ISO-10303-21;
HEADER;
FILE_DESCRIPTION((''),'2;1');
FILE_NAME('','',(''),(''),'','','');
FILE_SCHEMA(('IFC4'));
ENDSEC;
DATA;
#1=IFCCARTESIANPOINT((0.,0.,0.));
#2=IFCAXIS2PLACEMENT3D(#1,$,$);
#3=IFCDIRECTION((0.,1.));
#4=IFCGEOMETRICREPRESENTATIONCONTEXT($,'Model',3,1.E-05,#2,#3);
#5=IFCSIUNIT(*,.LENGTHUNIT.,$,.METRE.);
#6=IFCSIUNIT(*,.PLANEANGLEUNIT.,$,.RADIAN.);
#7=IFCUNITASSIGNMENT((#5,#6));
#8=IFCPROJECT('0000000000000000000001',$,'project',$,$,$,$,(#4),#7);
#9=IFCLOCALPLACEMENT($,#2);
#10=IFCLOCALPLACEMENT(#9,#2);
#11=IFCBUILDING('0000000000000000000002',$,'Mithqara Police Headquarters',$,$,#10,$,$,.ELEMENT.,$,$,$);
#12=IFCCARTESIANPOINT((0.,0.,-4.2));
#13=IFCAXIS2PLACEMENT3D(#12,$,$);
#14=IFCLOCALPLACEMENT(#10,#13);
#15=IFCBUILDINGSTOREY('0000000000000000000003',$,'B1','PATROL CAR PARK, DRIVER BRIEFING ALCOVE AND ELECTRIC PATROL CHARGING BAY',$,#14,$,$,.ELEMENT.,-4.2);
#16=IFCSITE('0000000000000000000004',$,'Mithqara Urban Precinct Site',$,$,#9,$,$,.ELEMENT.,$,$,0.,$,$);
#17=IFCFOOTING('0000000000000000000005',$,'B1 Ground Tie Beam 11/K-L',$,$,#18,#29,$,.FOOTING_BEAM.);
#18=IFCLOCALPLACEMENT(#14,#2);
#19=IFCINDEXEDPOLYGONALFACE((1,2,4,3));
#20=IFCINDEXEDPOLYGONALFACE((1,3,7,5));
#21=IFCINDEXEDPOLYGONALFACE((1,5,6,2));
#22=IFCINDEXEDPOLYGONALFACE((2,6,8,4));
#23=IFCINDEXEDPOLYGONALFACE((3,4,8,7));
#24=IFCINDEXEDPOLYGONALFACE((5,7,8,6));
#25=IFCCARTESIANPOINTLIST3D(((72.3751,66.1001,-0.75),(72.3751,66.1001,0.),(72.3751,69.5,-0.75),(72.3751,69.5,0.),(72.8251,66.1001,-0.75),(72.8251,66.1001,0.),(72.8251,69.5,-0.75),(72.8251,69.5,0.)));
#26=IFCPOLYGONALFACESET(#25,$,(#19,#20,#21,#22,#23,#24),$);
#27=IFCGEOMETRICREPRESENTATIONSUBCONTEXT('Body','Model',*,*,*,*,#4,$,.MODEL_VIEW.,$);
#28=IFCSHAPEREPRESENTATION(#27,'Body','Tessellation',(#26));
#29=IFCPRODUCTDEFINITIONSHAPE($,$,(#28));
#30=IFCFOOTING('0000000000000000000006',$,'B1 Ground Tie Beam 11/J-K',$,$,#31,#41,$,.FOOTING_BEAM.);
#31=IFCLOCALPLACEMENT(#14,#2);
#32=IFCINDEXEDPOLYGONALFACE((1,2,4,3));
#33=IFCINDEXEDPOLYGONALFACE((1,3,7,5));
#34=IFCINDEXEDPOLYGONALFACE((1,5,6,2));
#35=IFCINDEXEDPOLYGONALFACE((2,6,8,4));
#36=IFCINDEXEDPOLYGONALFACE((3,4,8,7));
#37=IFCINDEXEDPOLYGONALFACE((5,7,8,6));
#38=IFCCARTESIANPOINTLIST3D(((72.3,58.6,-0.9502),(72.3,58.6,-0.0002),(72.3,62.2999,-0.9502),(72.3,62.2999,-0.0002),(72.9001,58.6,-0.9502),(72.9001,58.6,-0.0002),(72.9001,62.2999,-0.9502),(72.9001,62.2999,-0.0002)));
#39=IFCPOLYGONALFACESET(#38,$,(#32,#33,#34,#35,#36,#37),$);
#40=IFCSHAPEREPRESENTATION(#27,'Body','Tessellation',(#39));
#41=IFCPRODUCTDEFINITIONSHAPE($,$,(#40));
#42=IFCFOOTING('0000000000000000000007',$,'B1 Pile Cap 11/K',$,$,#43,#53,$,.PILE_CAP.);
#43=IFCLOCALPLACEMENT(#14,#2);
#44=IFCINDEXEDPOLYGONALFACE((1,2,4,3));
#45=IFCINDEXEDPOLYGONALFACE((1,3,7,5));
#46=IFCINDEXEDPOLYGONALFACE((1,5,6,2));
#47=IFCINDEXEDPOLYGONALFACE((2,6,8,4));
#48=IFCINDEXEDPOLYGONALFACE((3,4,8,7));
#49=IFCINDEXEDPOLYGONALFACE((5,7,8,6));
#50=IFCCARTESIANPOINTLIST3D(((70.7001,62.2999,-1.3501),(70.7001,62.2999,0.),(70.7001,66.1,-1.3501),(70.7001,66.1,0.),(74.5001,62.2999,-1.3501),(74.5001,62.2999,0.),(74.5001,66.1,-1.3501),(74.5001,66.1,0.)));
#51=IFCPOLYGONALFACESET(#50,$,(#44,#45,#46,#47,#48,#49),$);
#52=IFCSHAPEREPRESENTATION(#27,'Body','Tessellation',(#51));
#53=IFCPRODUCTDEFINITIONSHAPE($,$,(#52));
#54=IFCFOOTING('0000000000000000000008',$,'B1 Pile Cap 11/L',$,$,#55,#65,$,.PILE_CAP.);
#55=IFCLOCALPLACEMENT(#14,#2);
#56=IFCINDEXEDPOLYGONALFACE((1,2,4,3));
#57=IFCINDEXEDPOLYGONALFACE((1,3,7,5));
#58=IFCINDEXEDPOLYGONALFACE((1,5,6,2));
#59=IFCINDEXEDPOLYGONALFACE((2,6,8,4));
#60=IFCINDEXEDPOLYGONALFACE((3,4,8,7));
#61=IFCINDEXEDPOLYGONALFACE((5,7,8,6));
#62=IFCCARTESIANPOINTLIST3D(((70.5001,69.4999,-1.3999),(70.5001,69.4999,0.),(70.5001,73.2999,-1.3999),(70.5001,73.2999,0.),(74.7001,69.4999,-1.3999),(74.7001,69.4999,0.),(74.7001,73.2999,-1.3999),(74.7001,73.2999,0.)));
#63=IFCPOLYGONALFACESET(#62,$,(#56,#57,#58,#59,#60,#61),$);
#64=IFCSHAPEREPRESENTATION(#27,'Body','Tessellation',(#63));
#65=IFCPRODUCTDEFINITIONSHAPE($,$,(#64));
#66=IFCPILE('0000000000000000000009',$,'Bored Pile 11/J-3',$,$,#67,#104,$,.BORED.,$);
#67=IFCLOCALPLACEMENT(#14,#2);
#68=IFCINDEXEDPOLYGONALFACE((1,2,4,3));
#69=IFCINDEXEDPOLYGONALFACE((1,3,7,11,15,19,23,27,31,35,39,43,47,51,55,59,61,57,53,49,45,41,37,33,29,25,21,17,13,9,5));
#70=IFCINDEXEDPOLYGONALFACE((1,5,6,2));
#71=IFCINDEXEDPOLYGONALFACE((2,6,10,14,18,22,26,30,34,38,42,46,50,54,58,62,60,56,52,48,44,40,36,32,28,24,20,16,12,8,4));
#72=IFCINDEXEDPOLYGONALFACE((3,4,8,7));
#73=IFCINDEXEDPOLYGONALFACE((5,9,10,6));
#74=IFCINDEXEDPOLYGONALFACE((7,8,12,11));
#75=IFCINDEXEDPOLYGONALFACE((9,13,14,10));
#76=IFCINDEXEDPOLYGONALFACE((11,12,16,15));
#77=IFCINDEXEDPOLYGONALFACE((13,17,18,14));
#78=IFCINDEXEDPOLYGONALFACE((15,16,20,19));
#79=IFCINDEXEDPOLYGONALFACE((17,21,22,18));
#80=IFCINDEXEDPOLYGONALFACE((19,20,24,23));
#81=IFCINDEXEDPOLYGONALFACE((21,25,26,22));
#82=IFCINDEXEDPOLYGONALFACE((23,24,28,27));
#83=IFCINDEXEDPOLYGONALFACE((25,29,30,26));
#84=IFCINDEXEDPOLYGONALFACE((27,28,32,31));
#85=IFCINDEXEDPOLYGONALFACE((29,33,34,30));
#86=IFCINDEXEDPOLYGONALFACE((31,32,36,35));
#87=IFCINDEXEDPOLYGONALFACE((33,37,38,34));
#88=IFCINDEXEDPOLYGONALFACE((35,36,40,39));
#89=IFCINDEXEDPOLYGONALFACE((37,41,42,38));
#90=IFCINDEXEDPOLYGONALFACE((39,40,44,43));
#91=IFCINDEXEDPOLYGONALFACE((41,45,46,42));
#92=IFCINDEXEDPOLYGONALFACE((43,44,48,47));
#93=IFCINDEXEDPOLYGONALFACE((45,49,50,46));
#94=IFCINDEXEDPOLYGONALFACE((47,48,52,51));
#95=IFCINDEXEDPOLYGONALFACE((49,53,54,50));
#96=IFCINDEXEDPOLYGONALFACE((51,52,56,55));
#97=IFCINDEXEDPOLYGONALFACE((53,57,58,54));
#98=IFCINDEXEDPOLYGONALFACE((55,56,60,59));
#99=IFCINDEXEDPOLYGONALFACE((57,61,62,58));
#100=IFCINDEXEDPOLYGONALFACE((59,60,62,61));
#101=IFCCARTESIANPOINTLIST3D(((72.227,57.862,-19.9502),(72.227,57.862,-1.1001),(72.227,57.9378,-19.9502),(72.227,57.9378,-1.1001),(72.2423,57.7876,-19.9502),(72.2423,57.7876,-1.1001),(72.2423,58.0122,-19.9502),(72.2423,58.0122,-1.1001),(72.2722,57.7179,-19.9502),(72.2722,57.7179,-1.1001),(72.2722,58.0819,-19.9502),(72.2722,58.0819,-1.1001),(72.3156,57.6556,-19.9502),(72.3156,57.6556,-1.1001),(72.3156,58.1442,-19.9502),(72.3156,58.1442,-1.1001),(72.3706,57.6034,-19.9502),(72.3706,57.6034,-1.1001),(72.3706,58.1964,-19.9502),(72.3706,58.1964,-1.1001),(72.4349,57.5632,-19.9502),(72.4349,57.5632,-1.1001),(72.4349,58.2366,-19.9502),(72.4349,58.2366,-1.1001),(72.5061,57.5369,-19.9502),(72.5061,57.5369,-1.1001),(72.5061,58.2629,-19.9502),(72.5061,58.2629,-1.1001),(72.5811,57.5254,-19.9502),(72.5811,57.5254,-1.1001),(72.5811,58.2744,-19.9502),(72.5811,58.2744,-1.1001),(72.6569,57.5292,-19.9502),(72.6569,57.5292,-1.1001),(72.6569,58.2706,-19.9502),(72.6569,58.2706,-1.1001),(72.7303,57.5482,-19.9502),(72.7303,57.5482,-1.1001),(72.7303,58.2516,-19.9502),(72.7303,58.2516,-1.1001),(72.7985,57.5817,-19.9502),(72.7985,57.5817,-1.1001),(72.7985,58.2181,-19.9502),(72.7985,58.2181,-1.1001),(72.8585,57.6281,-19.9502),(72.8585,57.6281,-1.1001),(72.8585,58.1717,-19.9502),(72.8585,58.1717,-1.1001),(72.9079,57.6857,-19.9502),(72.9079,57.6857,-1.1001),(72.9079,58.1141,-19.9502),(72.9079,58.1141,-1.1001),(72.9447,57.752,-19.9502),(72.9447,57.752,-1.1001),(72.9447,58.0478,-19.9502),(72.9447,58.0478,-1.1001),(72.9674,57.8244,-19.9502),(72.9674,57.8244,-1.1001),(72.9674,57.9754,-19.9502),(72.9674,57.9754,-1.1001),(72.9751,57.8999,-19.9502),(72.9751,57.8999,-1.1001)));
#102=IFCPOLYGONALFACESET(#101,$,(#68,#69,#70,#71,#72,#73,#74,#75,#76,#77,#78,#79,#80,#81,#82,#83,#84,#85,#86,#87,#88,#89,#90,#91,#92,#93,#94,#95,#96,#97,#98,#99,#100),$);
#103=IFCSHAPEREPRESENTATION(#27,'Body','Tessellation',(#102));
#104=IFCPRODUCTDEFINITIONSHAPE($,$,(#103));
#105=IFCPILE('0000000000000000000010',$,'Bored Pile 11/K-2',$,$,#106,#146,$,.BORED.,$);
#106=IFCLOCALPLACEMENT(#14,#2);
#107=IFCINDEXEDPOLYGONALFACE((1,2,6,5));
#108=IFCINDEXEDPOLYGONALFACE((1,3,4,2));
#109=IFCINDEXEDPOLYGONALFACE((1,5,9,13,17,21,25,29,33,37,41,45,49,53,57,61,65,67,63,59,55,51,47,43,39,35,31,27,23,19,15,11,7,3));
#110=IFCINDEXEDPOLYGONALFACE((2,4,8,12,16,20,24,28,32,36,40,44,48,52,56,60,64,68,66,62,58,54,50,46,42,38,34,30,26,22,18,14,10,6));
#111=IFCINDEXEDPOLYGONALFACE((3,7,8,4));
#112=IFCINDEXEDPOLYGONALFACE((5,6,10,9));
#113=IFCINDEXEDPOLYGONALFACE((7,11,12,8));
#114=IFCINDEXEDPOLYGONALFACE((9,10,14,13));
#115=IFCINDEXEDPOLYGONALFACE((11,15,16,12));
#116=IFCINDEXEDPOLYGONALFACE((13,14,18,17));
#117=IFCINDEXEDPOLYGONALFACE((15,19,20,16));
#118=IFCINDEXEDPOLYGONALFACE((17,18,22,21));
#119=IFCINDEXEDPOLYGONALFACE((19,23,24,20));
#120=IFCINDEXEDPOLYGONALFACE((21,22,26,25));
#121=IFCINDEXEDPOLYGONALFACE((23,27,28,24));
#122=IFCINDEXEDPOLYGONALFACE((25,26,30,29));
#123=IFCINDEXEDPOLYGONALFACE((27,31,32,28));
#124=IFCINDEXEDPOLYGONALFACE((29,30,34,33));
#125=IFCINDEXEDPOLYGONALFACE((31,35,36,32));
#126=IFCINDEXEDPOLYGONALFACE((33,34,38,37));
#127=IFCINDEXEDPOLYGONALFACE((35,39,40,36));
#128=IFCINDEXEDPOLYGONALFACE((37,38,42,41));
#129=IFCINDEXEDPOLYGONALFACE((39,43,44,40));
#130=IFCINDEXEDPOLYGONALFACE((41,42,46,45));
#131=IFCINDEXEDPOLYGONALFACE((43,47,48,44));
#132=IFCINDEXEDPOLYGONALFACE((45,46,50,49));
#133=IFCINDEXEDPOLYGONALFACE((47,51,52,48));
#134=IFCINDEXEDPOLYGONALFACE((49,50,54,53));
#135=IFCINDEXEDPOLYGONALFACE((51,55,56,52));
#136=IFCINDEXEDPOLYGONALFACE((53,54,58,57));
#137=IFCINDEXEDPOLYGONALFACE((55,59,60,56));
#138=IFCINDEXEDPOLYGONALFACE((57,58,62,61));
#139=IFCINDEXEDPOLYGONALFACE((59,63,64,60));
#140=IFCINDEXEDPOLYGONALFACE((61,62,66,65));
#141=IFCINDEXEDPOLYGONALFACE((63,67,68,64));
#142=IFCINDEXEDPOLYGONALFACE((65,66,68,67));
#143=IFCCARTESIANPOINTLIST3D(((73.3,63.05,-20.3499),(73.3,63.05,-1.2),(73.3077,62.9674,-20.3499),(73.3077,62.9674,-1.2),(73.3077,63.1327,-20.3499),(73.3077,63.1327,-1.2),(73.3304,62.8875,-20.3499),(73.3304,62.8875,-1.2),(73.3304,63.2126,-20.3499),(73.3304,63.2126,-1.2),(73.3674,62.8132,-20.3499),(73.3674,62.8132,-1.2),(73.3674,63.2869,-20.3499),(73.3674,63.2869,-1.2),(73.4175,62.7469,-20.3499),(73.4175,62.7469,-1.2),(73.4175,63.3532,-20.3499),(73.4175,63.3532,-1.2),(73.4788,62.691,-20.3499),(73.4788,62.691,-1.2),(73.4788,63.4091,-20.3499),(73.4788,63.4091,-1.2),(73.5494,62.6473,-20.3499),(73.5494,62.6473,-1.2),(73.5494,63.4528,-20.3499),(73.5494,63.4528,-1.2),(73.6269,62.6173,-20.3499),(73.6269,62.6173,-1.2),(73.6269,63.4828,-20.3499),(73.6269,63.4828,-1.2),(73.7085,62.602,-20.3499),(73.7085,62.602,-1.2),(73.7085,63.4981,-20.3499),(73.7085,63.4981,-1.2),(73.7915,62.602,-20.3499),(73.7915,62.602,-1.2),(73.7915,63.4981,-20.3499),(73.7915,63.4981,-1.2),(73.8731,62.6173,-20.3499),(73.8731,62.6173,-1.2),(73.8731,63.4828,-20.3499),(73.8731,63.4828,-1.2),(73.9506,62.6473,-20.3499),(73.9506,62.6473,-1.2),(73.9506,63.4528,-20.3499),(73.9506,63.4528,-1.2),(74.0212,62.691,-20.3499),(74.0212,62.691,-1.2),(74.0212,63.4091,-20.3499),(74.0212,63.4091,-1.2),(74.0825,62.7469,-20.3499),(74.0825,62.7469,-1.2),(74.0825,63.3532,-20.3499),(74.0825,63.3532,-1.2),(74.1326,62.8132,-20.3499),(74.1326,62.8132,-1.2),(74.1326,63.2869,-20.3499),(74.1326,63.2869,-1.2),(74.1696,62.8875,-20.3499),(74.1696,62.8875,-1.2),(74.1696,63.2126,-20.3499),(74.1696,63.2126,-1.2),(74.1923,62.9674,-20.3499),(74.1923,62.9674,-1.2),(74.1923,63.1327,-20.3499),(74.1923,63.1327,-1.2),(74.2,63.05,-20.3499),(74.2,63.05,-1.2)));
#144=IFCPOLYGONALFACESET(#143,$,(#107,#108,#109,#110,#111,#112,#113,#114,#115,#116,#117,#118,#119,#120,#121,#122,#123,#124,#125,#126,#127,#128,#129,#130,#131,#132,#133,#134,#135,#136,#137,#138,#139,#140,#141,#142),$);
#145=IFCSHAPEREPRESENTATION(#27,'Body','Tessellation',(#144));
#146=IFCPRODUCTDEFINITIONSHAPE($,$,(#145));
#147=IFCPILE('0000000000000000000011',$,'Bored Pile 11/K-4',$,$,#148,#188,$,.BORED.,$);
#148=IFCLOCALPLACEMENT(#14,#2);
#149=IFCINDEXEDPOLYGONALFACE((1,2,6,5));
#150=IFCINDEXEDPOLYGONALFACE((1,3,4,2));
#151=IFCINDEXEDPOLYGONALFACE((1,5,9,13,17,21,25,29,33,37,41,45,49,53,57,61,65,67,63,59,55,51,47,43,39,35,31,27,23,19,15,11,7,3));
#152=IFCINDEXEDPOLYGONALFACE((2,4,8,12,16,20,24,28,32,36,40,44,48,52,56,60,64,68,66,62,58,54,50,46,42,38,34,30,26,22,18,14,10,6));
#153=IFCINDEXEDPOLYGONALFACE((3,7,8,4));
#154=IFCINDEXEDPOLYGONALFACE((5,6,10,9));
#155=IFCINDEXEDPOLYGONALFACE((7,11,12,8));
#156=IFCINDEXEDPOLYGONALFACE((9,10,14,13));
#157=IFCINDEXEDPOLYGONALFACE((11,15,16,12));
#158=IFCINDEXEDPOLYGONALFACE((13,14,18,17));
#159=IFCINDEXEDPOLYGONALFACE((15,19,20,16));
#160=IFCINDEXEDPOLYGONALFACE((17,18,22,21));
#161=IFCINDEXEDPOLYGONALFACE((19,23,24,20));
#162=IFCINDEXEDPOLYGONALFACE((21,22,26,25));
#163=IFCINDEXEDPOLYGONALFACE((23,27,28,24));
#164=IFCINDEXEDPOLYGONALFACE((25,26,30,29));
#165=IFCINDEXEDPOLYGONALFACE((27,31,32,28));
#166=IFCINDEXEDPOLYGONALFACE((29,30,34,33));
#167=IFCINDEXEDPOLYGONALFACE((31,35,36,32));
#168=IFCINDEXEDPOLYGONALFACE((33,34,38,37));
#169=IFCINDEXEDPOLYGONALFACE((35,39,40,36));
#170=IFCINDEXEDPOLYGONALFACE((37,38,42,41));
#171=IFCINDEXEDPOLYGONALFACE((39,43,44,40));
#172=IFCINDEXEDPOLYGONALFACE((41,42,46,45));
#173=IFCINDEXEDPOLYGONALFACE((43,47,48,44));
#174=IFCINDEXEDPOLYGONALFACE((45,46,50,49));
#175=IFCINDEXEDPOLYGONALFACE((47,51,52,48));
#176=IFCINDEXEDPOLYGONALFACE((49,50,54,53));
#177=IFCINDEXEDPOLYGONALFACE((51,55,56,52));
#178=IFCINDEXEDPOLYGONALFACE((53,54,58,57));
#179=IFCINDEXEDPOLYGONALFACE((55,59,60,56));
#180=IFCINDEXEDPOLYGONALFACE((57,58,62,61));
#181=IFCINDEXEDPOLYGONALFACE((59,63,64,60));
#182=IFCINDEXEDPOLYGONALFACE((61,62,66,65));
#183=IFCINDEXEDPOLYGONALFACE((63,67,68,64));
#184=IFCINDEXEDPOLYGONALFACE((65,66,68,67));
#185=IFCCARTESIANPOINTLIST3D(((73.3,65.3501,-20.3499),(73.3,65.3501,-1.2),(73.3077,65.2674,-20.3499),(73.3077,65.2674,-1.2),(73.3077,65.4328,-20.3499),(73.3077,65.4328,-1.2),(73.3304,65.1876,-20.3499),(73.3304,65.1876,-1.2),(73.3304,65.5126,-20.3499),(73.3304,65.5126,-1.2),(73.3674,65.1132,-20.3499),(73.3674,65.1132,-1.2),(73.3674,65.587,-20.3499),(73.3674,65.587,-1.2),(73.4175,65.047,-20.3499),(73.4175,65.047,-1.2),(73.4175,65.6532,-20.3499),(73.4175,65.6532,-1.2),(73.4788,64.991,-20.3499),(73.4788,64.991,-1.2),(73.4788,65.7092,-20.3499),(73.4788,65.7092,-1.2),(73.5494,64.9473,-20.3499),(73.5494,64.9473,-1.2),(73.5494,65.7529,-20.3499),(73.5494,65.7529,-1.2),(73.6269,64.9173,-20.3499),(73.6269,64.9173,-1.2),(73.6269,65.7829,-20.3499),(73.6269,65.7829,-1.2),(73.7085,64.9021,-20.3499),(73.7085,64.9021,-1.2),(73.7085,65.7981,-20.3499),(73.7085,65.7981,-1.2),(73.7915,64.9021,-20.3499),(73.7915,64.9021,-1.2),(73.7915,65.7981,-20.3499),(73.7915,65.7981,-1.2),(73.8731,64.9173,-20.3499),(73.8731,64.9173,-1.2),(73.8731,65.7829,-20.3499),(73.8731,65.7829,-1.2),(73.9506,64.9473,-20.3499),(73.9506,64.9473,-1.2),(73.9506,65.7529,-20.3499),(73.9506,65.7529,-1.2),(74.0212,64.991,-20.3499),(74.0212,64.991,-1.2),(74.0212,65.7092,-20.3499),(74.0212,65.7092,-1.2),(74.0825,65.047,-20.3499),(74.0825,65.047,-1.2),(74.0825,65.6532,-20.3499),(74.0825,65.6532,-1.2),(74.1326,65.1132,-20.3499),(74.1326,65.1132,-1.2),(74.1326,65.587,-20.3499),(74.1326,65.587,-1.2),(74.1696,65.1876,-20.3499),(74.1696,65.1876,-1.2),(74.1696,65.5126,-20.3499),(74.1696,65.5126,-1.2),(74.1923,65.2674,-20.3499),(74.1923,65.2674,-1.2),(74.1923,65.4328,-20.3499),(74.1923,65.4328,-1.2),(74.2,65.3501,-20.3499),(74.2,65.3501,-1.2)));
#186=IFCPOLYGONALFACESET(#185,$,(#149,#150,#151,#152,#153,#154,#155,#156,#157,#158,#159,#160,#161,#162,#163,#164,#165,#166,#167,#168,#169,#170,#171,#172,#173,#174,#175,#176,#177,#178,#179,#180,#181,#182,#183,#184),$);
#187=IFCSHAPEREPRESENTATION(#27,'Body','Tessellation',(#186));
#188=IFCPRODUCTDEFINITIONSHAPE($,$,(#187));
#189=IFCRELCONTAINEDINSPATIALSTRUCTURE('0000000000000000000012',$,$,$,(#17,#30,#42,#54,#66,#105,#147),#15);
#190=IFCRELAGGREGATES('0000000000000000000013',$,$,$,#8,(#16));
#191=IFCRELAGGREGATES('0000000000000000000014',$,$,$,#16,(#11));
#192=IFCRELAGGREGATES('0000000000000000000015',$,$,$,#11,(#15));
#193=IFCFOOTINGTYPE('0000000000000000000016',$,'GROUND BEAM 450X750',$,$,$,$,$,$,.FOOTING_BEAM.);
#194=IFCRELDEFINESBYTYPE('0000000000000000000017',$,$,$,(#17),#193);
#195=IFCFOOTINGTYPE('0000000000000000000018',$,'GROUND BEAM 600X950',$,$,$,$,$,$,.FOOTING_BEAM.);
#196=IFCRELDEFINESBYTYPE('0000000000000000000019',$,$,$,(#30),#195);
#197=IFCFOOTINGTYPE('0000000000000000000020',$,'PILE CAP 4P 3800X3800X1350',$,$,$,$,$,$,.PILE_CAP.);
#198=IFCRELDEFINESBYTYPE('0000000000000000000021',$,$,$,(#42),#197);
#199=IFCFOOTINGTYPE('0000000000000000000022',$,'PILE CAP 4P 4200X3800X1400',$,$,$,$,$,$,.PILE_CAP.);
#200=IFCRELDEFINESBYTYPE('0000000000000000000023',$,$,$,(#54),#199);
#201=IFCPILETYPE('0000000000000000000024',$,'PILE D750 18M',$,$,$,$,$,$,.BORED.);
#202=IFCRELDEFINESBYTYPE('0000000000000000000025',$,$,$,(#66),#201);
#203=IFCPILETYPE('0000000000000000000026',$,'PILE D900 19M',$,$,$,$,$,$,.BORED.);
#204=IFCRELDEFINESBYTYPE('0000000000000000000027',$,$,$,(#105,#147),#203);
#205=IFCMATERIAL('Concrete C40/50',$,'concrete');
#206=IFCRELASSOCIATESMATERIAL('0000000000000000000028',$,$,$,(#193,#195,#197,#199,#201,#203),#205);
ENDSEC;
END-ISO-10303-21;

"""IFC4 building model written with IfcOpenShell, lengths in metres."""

from ifc_helpers import new_model, si_unit, direction, frame, origin, origin_2d, place, context, subcontext, project, spatial, rectangle, circle, extrude, material, material_profile, profile_set, type_object, element, save


model = new_model("IFC4")

# Units and contexts
model_context = context("Model", 3, precision=1e-05, world=origin(), true_north=direction((0.0, 1.0)))
body_context = subcontext(model_context, "Body", "Model", "MODEL_VIEW")
ifc_project = project(units=[si_unit("LENGTHUNIT", "METRE"), si_unit("PLANEANGLEUNIT", "RADIAN")], contexts=[model_context])

# Site, building, storey
site_placement = place(None, origin())
site = spatial("IfcSite", under=ifc_project, at=site_placement, Name="Mithqara Urban Precinct Site", CompositionType="ELEMENT", RefElevation=0.0)
building_placement = place(site_placement, origin())
building = spatial("IfcBuilding", under=site, at=building_placement, Name="Mithqara Police Headquarters", CompositionType="ELEMENT")
storey_placement = place(building_placement, frame((0.0, 0.0, -4.2)))
storey = spatial("IfcBuildingStorey", under=building, at=storey_placement, Name="B1", Description="PATROL CAR PARK, DRIVER BRIEFING ALCOVE AND ELECTRIC PATROL CHARGING BAY", CompositionType="ELEMENT", Elevation=-4.2)

# Footings
ifc_material_1 = material(Name="Concrete C40/50", Category="concrete")
footing_type_1 = type_object("IfcFootingType", Name="GROUND BEAM 450X750", PredefinedType="FOOTING_BEAM", material=ifc_material_1)
footing_1_placement = place(storey_placement, frame((72.6001, 67.8, -0.75), z_axis=(0.0, 0.0, 1.0), x_axis=(1.0, 0.0, 0.0)))
element("IfcFooting", 1, at=footing_1_placement, inside=storey, type_object=footing_type_1, Name="B1 Ground Tie Beam 11/K-L", PredefinedType="FOOTING_BEAM", context=body_context, shape_type="SweptSolid", body=[
    extrude(rectangle(XDim=0.45, YDim=3.3999, at=origin_2d()), origin(), (0.0, 0.0, 1.0), 0.75),
])
footing_type_2 = type_object("IfcFootingType", Name="GROUND BEAM 600X950", PredefinedType="FOOTING_BEAM", material=ifc_material_1)
footing_2_placement = place(storey_placement, frame((72.6001, 60.45, -0.9502), z_axis=(0.0, 0.0, 1.0), x_axis=(1.0, 0.0, 0.0)))
element("IfcFooting", 2, at=footing_2_placement, inside=storey, type_object=footing_type_2, Name="B1 Ground Tie Beam 11/J-K", PredefinedType="FOOTING_BEAM", context=body_context, shape_type="SweptSolid", body=[
    extrude(rectangle(XDim=0.6001, YDim=3.7, at=origin_2d()), origin(), (0.0, 0.0, 1.0), 0.95),
])
footing_type_3 = type_object("IfcFootingType", Name="PILE CAP 4P 3800X3800X1350", PredefinedType="PILE_CAP", material=ifc_material_1)
footing_3_placement = place(storey_placement, frame((72.6001, 64.2, -1.3501), z_axis=(0.0, 0.0, 1.0), x_axis=(1.0, 0.0, 0.0)))
element("IfcFooting", 3, at=footing_3_placement, inside=storey, type_object=footing_type_3, Name="B1 Pile Cap 11/K", PredefinedType="PILE_CAP", context=body_context, shape_type="SweptSolid", body=[
    extrude(rectangle(XDim=3.8, YDim=3.8, at=origin_2d()), origin(), (0.0, 0.0, 1.0), 1.3501),
])
footing_type_4 = type_object("IfcFootingType", Name="PILE CAP 4P 4200X3800X1400", PredefinedType="PILE_CAP", material=ifc_material_1)
footing_4_placement = place(storey_placement, frame((72.6001, 71.3999, -1.3999), z_axis=(0.0, 0.0, 1.0), x_axis=(1.0, 0.0, 0.0)))
element("IfcFooting", 4, at=footing_4_placement, inside=storey, type_object=footing_type_4, Name="B1 Pile Cap 11/L", PredefinedType="PILE_CAP", context=body_context, shape_type="SweptSolid", body=[
    extrude(rectangle(XDim=4.2, YDim=3.8, at=origin_2d()), origin(), (0.0, 0.0, 1.0), 1.3999),
])

# Piles
ifc_material_profile_1 = material_profile(ifc_material_1, circle(Radius=0.375, at=origin_2d()), Name="PILE D750")
ifc_profile_set_1 = profile_set([ifc_material_profile_1], Name="Concrete C40/50")
pile_type_1 = type_object("IfcPileType", Name="PILE D750 18M", PredefinedType="BORED", material=ifc_profile_set_1)
pile_placement = place(storey_placement, frame((72.6001, 57.8999, -1.1001), z_axis=(0.0, 0.0, -1.0), x_axis=(1.0, 0.0, 0.0)))
element("IfcPile", 5, at=pile_placement, inside=storey, type_object=pile_type_1, Name="Bored Pile 11/J-3", PredefinedType="BORED", context=body_context, shape_type="SweptSolid", body=[
    extrude(circle(Radius=0.375, at=origin_2d()), origin(), (0.0, 0.0, 1.0), 18.8501),
])
ifc_material_profile_2 = material_profile(ifc_material_1, circle(Radius=0.45, at=origin_2d()), Name="PILE D900")
ifc_profile_set_2 = profile_set([ifc_material_profile_2], Name="Concrete C40/50")
pile_type_2 = type_object("IfcPileType", Name="PILE D900 19M", PredefinedType="BORED", material=ifc_profile_set_2)
for number, where, z_axis, x_axis, name in (
    (6, (73.75, 63.05, -1.2), (0.0, 0.0, -1.0), (1.0, 0.0, 0.0), "Bored Pile 11/K-2"),
    (7, (73.75, 65.3501, -1.2), (0.0, 0.0, -1.0), (1.0, 0.0, 0.0), "Bored Pile 11/K-4"),
):
    element("IfcPile", number, at=place(storey_placement, frame(where, z_axis=z_axis, x_axis=x_axis)), inside=storey, type_object=pile_type_2, Name=name, PredefinedType="BORED", context=body_context, shape_type="SweptSolid", body=[
        extrude(circle(Radius=0.45, at=origin_2d()), origin(), (0.0, 0.0, 1.0), 19.1499),
    ])

save(model, "model.ifc")
